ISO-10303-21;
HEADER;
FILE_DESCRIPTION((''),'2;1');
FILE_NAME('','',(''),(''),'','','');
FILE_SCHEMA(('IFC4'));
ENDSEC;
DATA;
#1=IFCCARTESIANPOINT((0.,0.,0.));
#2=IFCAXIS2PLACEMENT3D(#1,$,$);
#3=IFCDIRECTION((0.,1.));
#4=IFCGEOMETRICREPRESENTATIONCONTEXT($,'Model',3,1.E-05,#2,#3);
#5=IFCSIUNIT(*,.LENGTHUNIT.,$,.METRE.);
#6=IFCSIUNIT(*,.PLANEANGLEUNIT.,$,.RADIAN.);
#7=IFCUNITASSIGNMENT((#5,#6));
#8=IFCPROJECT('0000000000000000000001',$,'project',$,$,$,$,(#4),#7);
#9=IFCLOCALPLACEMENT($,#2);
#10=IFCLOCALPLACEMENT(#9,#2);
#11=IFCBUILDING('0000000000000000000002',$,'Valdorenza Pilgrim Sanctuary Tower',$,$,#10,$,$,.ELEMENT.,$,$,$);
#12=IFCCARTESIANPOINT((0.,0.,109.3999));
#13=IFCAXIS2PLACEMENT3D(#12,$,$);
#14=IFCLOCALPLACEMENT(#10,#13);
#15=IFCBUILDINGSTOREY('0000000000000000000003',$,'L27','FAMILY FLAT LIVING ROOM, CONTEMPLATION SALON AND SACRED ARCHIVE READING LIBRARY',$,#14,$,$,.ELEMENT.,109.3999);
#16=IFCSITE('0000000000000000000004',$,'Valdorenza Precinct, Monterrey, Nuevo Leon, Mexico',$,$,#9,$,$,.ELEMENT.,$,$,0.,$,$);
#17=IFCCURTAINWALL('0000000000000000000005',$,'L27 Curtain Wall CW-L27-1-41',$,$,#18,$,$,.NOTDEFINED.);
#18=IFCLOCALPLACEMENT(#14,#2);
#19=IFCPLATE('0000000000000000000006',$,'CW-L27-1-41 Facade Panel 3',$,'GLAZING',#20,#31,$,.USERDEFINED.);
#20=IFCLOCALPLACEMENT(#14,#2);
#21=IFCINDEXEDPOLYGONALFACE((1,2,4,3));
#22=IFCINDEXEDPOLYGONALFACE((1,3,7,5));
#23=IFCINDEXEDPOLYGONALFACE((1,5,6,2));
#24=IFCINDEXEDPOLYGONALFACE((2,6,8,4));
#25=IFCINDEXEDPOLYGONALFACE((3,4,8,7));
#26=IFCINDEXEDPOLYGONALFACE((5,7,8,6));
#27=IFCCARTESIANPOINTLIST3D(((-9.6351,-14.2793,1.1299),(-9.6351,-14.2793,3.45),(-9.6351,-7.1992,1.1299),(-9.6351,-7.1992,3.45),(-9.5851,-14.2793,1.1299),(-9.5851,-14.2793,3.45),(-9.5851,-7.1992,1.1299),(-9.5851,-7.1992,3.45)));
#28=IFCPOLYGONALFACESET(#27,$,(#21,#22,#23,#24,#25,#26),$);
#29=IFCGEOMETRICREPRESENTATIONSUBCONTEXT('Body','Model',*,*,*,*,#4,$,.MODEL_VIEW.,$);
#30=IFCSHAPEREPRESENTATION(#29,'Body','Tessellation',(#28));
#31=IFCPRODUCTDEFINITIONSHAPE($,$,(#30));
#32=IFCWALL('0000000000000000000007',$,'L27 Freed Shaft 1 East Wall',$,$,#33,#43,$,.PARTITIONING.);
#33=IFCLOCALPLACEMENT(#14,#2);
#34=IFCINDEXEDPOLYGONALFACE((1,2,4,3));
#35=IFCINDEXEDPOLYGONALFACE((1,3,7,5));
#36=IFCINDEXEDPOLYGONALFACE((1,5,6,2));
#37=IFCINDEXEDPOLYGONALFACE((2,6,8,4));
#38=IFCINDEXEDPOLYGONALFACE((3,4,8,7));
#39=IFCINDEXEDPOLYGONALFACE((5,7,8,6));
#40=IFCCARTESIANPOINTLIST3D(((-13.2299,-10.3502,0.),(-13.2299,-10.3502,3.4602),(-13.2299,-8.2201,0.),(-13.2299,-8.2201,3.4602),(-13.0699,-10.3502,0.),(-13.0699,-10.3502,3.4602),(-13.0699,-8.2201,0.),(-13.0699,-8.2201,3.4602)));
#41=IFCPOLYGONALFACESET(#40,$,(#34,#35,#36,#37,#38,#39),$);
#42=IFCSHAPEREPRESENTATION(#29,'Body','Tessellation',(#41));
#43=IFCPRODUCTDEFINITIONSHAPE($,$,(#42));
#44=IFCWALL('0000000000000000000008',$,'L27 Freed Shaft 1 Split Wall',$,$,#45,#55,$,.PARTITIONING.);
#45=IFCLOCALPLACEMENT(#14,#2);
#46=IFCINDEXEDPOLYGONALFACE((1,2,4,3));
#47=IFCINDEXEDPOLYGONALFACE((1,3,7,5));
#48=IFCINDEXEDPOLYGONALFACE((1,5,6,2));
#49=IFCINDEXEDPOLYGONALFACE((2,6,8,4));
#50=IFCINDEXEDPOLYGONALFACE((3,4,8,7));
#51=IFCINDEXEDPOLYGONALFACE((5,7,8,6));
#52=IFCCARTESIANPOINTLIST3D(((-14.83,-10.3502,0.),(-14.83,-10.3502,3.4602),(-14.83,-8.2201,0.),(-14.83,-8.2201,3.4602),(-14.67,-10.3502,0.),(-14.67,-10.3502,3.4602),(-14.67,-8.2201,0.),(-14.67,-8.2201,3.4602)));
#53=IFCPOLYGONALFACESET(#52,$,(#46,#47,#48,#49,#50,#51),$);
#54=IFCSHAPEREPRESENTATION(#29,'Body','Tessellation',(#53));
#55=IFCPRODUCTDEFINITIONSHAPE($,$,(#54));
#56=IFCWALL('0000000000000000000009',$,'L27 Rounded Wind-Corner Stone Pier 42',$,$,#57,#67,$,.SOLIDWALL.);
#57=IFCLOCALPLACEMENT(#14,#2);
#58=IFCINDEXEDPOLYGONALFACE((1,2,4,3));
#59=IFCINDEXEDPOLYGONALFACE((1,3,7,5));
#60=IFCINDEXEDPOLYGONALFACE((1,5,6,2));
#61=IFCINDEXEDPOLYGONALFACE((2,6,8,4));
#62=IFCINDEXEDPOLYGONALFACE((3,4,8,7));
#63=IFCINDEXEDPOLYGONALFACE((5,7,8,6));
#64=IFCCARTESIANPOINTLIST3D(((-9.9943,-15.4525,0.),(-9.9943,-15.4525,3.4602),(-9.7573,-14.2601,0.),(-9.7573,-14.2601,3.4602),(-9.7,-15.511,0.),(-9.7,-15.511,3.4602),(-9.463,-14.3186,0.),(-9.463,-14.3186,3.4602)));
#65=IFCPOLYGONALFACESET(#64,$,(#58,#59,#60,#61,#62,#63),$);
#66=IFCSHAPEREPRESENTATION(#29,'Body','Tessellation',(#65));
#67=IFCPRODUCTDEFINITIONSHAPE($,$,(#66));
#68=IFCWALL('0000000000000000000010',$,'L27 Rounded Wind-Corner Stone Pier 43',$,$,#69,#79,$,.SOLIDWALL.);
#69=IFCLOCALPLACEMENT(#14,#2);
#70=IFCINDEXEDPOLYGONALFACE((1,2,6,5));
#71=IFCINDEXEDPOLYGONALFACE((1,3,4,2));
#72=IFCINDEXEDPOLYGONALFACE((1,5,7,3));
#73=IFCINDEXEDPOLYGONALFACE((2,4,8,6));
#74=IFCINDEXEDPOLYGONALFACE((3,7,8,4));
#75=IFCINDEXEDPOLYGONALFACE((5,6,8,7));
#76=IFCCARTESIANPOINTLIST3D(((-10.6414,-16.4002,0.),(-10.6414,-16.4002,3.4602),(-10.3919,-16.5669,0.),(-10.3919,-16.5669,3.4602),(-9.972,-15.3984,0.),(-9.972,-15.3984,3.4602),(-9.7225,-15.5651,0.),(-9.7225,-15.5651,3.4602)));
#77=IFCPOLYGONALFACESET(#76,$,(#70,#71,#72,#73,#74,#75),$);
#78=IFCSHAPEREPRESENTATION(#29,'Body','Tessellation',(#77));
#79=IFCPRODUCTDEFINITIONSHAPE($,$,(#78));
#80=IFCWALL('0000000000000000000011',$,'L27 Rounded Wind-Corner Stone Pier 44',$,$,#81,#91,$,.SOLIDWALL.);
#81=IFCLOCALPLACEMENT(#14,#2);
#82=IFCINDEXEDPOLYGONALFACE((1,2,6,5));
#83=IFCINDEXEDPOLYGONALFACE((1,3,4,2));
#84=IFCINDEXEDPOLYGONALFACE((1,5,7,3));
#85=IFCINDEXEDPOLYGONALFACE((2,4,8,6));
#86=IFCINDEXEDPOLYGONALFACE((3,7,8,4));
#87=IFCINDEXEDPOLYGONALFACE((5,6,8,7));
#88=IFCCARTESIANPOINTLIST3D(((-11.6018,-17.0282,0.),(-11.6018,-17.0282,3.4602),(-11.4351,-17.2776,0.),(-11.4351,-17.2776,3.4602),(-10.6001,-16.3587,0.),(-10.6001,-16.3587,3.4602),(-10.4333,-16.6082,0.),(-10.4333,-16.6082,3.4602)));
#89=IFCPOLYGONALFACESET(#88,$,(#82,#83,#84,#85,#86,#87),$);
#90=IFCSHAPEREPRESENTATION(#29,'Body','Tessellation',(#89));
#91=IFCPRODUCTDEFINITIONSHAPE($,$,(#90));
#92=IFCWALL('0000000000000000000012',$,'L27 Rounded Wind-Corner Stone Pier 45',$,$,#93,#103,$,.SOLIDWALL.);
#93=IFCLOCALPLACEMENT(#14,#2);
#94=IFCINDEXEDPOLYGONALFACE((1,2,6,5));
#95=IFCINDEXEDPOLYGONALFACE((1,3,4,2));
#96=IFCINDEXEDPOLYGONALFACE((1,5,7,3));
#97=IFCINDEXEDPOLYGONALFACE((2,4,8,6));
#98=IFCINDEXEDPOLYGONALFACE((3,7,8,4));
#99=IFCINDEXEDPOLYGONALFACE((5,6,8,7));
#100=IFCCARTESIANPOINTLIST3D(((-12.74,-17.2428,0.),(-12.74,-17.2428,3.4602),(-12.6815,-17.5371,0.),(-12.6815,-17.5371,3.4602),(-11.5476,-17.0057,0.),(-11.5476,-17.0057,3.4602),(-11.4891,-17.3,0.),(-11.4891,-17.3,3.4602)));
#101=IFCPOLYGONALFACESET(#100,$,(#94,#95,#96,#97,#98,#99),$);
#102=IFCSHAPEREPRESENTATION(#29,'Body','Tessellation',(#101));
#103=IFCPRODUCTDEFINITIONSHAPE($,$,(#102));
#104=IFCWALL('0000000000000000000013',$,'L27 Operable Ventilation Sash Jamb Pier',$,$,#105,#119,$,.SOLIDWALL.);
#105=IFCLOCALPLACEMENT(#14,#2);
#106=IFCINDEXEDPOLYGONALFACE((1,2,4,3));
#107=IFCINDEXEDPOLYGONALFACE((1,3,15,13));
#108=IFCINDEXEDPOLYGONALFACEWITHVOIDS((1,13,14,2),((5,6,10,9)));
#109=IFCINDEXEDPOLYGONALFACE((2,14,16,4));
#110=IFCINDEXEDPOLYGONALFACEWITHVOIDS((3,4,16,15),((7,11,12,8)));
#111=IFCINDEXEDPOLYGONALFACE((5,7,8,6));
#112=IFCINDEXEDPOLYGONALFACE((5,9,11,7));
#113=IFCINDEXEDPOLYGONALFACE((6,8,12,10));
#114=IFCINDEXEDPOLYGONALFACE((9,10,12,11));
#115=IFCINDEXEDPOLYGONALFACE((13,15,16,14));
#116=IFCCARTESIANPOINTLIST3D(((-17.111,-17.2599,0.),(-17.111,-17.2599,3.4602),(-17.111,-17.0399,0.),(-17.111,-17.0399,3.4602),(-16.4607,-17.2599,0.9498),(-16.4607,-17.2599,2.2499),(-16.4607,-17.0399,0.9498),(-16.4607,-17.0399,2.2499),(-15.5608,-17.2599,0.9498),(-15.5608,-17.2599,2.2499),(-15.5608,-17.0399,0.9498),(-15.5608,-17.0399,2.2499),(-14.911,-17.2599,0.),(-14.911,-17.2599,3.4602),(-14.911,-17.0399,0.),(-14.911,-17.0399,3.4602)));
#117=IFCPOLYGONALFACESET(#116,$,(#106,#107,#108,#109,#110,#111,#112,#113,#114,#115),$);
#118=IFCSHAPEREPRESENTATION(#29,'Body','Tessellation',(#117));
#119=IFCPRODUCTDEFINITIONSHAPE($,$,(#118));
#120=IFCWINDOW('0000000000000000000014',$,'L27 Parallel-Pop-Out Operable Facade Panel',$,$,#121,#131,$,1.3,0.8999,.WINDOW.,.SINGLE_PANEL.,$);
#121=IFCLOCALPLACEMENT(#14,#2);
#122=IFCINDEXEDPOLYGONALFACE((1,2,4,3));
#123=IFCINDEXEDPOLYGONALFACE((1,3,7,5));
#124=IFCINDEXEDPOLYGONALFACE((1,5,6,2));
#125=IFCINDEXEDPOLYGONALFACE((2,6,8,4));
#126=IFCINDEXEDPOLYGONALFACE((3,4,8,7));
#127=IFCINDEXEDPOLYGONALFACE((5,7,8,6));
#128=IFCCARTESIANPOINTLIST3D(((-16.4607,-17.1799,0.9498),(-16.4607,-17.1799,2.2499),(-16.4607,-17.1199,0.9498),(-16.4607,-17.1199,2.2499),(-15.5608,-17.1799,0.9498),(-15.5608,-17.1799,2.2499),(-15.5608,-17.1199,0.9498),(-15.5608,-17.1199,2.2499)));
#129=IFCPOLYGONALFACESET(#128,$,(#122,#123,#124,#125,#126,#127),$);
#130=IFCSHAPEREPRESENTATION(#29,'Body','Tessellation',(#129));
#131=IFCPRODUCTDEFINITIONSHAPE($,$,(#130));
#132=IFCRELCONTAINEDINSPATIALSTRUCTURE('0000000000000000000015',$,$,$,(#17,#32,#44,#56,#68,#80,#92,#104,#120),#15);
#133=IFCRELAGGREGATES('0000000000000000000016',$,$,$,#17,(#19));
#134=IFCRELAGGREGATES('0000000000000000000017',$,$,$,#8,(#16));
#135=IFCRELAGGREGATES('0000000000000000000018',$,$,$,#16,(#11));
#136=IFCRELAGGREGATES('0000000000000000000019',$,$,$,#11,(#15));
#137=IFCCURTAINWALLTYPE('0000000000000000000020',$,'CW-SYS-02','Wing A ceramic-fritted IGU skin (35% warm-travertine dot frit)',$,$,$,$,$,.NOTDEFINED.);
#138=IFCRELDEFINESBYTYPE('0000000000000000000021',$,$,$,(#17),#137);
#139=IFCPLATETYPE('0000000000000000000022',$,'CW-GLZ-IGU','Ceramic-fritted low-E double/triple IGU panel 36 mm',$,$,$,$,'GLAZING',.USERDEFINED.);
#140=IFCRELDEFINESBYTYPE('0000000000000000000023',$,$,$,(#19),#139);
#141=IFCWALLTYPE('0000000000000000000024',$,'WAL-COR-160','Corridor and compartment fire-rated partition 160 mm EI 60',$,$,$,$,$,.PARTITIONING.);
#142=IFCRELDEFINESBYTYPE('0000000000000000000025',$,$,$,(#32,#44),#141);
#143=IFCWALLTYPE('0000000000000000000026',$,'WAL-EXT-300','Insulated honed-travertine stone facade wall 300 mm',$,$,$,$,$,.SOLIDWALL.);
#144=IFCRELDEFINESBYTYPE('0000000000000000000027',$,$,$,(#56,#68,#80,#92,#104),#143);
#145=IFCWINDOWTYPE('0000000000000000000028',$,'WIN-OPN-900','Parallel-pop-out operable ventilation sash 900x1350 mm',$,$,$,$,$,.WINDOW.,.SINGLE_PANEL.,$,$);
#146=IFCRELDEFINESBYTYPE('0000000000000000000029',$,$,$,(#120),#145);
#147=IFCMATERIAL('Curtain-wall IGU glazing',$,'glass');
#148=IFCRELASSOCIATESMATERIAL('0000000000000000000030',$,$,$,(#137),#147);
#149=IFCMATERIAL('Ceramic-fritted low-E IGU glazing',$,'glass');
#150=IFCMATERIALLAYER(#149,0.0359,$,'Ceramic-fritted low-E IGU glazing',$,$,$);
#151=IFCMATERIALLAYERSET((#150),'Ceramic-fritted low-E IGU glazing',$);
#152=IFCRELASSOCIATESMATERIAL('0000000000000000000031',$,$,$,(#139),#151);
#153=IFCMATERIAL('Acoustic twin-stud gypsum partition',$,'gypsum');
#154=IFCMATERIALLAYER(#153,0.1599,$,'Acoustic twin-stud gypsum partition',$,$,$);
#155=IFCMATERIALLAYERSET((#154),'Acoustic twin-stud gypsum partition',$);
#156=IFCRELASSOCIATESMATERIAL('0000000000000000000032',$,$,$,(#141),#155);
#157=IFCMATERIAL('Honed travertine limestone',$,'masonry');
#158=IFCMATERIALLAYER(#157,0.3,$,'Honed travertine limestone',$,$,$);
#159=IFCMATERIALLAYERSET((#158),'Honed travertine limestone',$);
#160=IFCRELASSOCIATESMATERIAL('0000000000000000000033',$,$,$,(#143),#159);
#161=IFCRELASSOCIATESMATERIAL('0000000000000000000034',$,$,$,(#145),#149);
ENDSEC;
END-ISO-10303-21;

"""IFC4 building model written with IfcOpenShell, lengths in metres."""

from ifc_helpers import new_model, si_unit, direction, frame, frame_2d, origin, origin_2d, place, context, subcontext, project, spatial, rectangle, extrude, source, transform, mapped, material, layer, layer_set, type_object, element, fill, aggregate, save


model = new_model("IFC4")

# Units and contexts
model_context = context("Model", 3, precision=1e-05, world=origin(), true_north=direction((0.0, 1.0)))
body_context = subcontext(model_context, "Body", "Model", "MODEL_VIEW")
ifc_project = project(units=[si_unit("LENGTHUNIT", "METRE"), si_unit("PLANEANGLEUNIT", "RADIAN")], contexts=[model_context])

# Site, building, storey
site_placement = place(None, origin())
site = spatial("IfcSite", under=ifc_project, at=site_placement, Name="Valdorenza Precinct, Monterrey, Nuevo Leon, Mexico", CompositionType="ELEMENT", RefElevation=0.0)
building_placement = place(site_placement, origin())
building = spatial("IfcBuilding", under=site, at=building_placement, Name="Valdorenza Pilgrim Sanctuary Tower", CompositionType="ELEMENT")
storey_placement = place(building_placement, frame((0.0, 0.0, 109.3999)))
storey = spatial("IfcBuildingStorey", under=building, at=storey_placement, Name="L27", Description="FAMILY FLAT LIVING ROOM, CONTEMPLATION SALON AND SACRED ARCHIVE READING LIBRARY", CompositionType="ELEMENT", Elevation=109.3999)

# Curtain wall
ifc_material_1 = material(Name="Curtain-wall IGU glazing", Category="glass")
curtain_wall_type = type_object("IfcCurtainWallType", Name="CW-SYS-02", Description="Wing A ceramic-fritted IGU skin (35% warm-travertine dot frit)", PredefinedType="NOTDEFINED", material=ifc_material_1)
curtain_wall_1_placement = place(storey_placement, origin())
curtain_wall_1 = element("IfcCurtainWall", 1, at=curtain_wall_1_placement, inside=storey, type_object=curtain_wall_type, Name="L27 Curtain Wall CW-L27-1-41", PredefinedType="NOTDEFINED")

# Plate
ifc_material_2 = material(Name="Honed travertine limestone", Category="masonry")
ifc_material_3 = material(Name="Ceramic-fritted low-E IGU glazing", Category="glass")
ifc_layer_1 = layer(ifc_material_3, 0.0359, Name="Ceramic-fritted low-E IGU glazing")
ifc_layer_set_1 = layer_set([ifc_layer_1], Name="Ceramic-fritted low-E IGU glazing")
plate_type_1 = type_object("IfcPlateType", Name="CW-GLZ-IGU", Description="Ceramic-fritted low-E double/triple IGU panel 36 mm", ElementType="GLAZING", PredefinedType="USERDEFINED", material=ifc_layer_set_1)
shared_shape_1 = source(origin(), body_context, "Body", "SweptSolid", [
    extrude(rectangle(XDim=7.0801, YDim=0.05, at=origin_2d()), origin(), (0.0, 0.0, 1.0), 2.3201),
])
plate_1_placement = place(storey_placement, frame((-9.6101, -10.7393, 1.1299), z_axis=(0.0, 0.0, 1.0), x_axis=(0.0, -1.0, 0.0)))
plate_1 = element("IfcPlate", 2, at=plate_1_placement, type_object=plate_type_1, Name="CW-L27-1-41 Facade Panel 3", ObjectType="GLAZING", PredefinedType="USERDEFINED", context=body_context, shape_type="MappedRepresentation", body=[
    mapped(shared_shape_1, transform((0.0, 0.0, 0.0), x_axis=(1.0, 0.0, 0.0), y_axis=(0.0, 1.0, 0.0), z_axis=(0.0, 0.0, 1.0), scale=1.0)),
])
aggregate(curtain_wall_1, [plate_1])

# Walls
ifc_material_4 = material(Name="Acoustic twin-stud gypsum partition", Category="gypsum")
ifc_layer_2 = layer(ifc_material_4, 0.1599, Name="Acoustic twin-stud gypsum partition")
ifc_layer_set_2 = layer_set([ifc_layer_2], Name="Acoustic twin-stud gypsum partition")
wall_type_1 = type_object("IfcWallType", Name="WAL-COR-160", Description="Corridor and compartment fire-rated partition 160 mm EI 60", PredefinedType="PARTITIONING", material=ifc_layer_set_2)
for number, where, z_axis, x_axis, name in (
    (3, (-13.1499, -10.3501, 0.0), (0.0, 0.0, 1.0), (0.0, 1.0, 0.0), "L27 Freed Shaft 1 East Wall"),
    (4, (-14.75, -10.3501, 0.0), (0.0, 0.0, 1.0), (0.0, 1.0, 0.0), "L27 Freed Shaft 1 Split Wall"),
):
    element("IfcWall", number, at=place(storey_placement, frame(where, z_axis=z_axis, x_axis=x_axis)), inside=storey, type_object=wall_type_1, Name=name, PredefinedType="PARTITIONING", context=body_context, shape_type="SweptSolid", body=[
        extrude(rectangle(XDim=2.1301, YDim=0.1599, at=frame_2d((1.0649, 0.0))), origin(), (0.0, 0.0, 1.0), 3.4602),
    ])
ifc_layer_3 = layer(ifc_material_2, 0.3, Name="Honed travertine limestone")
ifc_layer_set_3 = layer_set([ifc_layer_3], Name="Honed travertine limestone")
wall_type_2 = type_object("IfcWallType", Name="WAL-EXT-300", Description="Insulated honed-travertine stone facade wall 300 mm", PredefinedType="SOLIDWALL", material=ifc_layer_set_3)
wall_1_placement = place(storey_placement, frame((-9.6101, -14.2893, 0.0), z_axis=(0.0, 0.0, 1.0), x_axis=(-0.194996, -0.980804, 0.0)))
element("IfcWall", 5, at=wall_1_placement, inside=storey, type_object=wall_type_2, Name="L27 Rounded Wind-Corner Stone Pier 42", PredefinedType="SOLIDWALL", context=body_context, shape_type="SweptSolid", body=[
    extrude(rectangle(XDim=1.2158, YDim=0.3, at=frame_2d((0.6079, 0.0))), origin(), (0.0, 0.0, 1.0), 3.4602),
])
for number, where, z_axis, x_axis, name in (
    (6, (-9.8472, -15.4817, 0.0), (0.0, 0.0, 1.0), (-0.555635, -0.831426, 0.0), "L27 Rounded Wind-Corner Stone Pier 43"),
    (7, (-10.5166, -16.4834, 0.0), (0.0, 0.0, 1.0), (-0.831426, -0.555635, 0.0), "L27 Rounded Wind-Corner Stone Pier 44"),
):
    element("IfcWall", number, at=place(storey_placement, frame(where, z_axis=z_axis, x_axis=x_axis)), inside=storey, type_object=wall_type_2, Name=name, PredefinedType="SOLIDWALL", context=body_context, shape_type="SweptSolid", body=[
        extrude(rectangle(XDim=1.2048, YDim=0.3, at=frame_2d((0.6025, 0.0))), origin(), (0.0, 0.0, 1.0), 3.4602),
    ])
wall_2_placement = place(storey_placement, frame((-11.5183, -17.1528, 0.0), z_axis=(0.0, 0.0, 1.0), x_axis=(-0.980804, -0.194996, 0.0)))
element("IfcWall", 8, at=wall_2_placement, inside=storey, type_object=wall_type_2, Name="L27 Rounded Wind-Corner Stone Pier 45", PredefinedType="SOLIDWALL", context=body_context, shape_type="SweptSolid", body=[
    extrude(rectangle(XDim=1.2158, YDim=0.3, at=frame_2d((0.6079, 0.0))), origin(), (0.0, 0.0, 1.0), 3.4602),
])

# Wall, opening, window
wall_3_placement = place(storey_placement, frame((-14.9109, -17.1499, 0.0), z_axis=(0.0, 0.0, 1.0), x_axis=(-1.0, 0.0, 0.0)))
wall_3 = element("IfcWall", 9, at=wall_3_placement, inside=storey, type_object=wall_type_2, Name="L27 Operable Ventilation Sash Jamb Pier", PredefinedType="SOLIDWALL", context=body_context, shape_type="SweptSolid", body=[
    extrude(rectangle(XDim=2.2, YDim=0.22, at=frame_2d((1.1001, 0.0))), origin(), (0.0, 0.0, 1.0), 3.4602),
])
opening_placement = place(wall_3_placement, frame((0.6499, 0.0, 0.95)))
opening = element("IfcOpeningElement", 10, at=opening_placement, cuts=wall_3, PredefinedType="OPENING", context=body_context, shape_type="SweptSolid", body=[
    extrude(rectangle(XDim=0.8999, YDim=1.3, at=frame_2d((0.45, 0.6499))), frame((0.0, 0.125, 0.0), z_axis=(0.0, -1.0, 0.0), x_axis=(1.0, 0.0, 0.0)), (0.0, 0.0, 1.0), 0.2498),
])
window_type = type_object("IfcWindowType", Name="WIN-OPN-900", Description="Parallel-pop-out operable ventilation sash 900x1350 mm", PartitioningType="SINGLE_PANEL", PredefinedType="WINDOW", material=ifc_material_3)
window_placement = place(opening_placement, origin())
window = element("IfcWindow", 11, at=window_placement, inside=storey, type_object=window_type, Name="L27 Parallel-Pop-Out Operable Facade Panel", OverallHeight=1.3, OverallWidth=0.8999, PartitioningType="SINGLE_PANEL", PredefinedType="WINDOW", context=body_context, shape_type="SweptSolid", body=[
    extrude(rectangle(XDim=0.8999, YDim=1.3, at=frame_2d((0.45, 0.6499))), frame((0.0, 0.03, 0.0), z_axis=(0.0, -1.0, 0.0), x_axis=(1.0, 0.0, 0.0)), (0.0, 0.0, 1.0), 0.0601),
])
fill(opening, window)

save(model, "model.ifc")
